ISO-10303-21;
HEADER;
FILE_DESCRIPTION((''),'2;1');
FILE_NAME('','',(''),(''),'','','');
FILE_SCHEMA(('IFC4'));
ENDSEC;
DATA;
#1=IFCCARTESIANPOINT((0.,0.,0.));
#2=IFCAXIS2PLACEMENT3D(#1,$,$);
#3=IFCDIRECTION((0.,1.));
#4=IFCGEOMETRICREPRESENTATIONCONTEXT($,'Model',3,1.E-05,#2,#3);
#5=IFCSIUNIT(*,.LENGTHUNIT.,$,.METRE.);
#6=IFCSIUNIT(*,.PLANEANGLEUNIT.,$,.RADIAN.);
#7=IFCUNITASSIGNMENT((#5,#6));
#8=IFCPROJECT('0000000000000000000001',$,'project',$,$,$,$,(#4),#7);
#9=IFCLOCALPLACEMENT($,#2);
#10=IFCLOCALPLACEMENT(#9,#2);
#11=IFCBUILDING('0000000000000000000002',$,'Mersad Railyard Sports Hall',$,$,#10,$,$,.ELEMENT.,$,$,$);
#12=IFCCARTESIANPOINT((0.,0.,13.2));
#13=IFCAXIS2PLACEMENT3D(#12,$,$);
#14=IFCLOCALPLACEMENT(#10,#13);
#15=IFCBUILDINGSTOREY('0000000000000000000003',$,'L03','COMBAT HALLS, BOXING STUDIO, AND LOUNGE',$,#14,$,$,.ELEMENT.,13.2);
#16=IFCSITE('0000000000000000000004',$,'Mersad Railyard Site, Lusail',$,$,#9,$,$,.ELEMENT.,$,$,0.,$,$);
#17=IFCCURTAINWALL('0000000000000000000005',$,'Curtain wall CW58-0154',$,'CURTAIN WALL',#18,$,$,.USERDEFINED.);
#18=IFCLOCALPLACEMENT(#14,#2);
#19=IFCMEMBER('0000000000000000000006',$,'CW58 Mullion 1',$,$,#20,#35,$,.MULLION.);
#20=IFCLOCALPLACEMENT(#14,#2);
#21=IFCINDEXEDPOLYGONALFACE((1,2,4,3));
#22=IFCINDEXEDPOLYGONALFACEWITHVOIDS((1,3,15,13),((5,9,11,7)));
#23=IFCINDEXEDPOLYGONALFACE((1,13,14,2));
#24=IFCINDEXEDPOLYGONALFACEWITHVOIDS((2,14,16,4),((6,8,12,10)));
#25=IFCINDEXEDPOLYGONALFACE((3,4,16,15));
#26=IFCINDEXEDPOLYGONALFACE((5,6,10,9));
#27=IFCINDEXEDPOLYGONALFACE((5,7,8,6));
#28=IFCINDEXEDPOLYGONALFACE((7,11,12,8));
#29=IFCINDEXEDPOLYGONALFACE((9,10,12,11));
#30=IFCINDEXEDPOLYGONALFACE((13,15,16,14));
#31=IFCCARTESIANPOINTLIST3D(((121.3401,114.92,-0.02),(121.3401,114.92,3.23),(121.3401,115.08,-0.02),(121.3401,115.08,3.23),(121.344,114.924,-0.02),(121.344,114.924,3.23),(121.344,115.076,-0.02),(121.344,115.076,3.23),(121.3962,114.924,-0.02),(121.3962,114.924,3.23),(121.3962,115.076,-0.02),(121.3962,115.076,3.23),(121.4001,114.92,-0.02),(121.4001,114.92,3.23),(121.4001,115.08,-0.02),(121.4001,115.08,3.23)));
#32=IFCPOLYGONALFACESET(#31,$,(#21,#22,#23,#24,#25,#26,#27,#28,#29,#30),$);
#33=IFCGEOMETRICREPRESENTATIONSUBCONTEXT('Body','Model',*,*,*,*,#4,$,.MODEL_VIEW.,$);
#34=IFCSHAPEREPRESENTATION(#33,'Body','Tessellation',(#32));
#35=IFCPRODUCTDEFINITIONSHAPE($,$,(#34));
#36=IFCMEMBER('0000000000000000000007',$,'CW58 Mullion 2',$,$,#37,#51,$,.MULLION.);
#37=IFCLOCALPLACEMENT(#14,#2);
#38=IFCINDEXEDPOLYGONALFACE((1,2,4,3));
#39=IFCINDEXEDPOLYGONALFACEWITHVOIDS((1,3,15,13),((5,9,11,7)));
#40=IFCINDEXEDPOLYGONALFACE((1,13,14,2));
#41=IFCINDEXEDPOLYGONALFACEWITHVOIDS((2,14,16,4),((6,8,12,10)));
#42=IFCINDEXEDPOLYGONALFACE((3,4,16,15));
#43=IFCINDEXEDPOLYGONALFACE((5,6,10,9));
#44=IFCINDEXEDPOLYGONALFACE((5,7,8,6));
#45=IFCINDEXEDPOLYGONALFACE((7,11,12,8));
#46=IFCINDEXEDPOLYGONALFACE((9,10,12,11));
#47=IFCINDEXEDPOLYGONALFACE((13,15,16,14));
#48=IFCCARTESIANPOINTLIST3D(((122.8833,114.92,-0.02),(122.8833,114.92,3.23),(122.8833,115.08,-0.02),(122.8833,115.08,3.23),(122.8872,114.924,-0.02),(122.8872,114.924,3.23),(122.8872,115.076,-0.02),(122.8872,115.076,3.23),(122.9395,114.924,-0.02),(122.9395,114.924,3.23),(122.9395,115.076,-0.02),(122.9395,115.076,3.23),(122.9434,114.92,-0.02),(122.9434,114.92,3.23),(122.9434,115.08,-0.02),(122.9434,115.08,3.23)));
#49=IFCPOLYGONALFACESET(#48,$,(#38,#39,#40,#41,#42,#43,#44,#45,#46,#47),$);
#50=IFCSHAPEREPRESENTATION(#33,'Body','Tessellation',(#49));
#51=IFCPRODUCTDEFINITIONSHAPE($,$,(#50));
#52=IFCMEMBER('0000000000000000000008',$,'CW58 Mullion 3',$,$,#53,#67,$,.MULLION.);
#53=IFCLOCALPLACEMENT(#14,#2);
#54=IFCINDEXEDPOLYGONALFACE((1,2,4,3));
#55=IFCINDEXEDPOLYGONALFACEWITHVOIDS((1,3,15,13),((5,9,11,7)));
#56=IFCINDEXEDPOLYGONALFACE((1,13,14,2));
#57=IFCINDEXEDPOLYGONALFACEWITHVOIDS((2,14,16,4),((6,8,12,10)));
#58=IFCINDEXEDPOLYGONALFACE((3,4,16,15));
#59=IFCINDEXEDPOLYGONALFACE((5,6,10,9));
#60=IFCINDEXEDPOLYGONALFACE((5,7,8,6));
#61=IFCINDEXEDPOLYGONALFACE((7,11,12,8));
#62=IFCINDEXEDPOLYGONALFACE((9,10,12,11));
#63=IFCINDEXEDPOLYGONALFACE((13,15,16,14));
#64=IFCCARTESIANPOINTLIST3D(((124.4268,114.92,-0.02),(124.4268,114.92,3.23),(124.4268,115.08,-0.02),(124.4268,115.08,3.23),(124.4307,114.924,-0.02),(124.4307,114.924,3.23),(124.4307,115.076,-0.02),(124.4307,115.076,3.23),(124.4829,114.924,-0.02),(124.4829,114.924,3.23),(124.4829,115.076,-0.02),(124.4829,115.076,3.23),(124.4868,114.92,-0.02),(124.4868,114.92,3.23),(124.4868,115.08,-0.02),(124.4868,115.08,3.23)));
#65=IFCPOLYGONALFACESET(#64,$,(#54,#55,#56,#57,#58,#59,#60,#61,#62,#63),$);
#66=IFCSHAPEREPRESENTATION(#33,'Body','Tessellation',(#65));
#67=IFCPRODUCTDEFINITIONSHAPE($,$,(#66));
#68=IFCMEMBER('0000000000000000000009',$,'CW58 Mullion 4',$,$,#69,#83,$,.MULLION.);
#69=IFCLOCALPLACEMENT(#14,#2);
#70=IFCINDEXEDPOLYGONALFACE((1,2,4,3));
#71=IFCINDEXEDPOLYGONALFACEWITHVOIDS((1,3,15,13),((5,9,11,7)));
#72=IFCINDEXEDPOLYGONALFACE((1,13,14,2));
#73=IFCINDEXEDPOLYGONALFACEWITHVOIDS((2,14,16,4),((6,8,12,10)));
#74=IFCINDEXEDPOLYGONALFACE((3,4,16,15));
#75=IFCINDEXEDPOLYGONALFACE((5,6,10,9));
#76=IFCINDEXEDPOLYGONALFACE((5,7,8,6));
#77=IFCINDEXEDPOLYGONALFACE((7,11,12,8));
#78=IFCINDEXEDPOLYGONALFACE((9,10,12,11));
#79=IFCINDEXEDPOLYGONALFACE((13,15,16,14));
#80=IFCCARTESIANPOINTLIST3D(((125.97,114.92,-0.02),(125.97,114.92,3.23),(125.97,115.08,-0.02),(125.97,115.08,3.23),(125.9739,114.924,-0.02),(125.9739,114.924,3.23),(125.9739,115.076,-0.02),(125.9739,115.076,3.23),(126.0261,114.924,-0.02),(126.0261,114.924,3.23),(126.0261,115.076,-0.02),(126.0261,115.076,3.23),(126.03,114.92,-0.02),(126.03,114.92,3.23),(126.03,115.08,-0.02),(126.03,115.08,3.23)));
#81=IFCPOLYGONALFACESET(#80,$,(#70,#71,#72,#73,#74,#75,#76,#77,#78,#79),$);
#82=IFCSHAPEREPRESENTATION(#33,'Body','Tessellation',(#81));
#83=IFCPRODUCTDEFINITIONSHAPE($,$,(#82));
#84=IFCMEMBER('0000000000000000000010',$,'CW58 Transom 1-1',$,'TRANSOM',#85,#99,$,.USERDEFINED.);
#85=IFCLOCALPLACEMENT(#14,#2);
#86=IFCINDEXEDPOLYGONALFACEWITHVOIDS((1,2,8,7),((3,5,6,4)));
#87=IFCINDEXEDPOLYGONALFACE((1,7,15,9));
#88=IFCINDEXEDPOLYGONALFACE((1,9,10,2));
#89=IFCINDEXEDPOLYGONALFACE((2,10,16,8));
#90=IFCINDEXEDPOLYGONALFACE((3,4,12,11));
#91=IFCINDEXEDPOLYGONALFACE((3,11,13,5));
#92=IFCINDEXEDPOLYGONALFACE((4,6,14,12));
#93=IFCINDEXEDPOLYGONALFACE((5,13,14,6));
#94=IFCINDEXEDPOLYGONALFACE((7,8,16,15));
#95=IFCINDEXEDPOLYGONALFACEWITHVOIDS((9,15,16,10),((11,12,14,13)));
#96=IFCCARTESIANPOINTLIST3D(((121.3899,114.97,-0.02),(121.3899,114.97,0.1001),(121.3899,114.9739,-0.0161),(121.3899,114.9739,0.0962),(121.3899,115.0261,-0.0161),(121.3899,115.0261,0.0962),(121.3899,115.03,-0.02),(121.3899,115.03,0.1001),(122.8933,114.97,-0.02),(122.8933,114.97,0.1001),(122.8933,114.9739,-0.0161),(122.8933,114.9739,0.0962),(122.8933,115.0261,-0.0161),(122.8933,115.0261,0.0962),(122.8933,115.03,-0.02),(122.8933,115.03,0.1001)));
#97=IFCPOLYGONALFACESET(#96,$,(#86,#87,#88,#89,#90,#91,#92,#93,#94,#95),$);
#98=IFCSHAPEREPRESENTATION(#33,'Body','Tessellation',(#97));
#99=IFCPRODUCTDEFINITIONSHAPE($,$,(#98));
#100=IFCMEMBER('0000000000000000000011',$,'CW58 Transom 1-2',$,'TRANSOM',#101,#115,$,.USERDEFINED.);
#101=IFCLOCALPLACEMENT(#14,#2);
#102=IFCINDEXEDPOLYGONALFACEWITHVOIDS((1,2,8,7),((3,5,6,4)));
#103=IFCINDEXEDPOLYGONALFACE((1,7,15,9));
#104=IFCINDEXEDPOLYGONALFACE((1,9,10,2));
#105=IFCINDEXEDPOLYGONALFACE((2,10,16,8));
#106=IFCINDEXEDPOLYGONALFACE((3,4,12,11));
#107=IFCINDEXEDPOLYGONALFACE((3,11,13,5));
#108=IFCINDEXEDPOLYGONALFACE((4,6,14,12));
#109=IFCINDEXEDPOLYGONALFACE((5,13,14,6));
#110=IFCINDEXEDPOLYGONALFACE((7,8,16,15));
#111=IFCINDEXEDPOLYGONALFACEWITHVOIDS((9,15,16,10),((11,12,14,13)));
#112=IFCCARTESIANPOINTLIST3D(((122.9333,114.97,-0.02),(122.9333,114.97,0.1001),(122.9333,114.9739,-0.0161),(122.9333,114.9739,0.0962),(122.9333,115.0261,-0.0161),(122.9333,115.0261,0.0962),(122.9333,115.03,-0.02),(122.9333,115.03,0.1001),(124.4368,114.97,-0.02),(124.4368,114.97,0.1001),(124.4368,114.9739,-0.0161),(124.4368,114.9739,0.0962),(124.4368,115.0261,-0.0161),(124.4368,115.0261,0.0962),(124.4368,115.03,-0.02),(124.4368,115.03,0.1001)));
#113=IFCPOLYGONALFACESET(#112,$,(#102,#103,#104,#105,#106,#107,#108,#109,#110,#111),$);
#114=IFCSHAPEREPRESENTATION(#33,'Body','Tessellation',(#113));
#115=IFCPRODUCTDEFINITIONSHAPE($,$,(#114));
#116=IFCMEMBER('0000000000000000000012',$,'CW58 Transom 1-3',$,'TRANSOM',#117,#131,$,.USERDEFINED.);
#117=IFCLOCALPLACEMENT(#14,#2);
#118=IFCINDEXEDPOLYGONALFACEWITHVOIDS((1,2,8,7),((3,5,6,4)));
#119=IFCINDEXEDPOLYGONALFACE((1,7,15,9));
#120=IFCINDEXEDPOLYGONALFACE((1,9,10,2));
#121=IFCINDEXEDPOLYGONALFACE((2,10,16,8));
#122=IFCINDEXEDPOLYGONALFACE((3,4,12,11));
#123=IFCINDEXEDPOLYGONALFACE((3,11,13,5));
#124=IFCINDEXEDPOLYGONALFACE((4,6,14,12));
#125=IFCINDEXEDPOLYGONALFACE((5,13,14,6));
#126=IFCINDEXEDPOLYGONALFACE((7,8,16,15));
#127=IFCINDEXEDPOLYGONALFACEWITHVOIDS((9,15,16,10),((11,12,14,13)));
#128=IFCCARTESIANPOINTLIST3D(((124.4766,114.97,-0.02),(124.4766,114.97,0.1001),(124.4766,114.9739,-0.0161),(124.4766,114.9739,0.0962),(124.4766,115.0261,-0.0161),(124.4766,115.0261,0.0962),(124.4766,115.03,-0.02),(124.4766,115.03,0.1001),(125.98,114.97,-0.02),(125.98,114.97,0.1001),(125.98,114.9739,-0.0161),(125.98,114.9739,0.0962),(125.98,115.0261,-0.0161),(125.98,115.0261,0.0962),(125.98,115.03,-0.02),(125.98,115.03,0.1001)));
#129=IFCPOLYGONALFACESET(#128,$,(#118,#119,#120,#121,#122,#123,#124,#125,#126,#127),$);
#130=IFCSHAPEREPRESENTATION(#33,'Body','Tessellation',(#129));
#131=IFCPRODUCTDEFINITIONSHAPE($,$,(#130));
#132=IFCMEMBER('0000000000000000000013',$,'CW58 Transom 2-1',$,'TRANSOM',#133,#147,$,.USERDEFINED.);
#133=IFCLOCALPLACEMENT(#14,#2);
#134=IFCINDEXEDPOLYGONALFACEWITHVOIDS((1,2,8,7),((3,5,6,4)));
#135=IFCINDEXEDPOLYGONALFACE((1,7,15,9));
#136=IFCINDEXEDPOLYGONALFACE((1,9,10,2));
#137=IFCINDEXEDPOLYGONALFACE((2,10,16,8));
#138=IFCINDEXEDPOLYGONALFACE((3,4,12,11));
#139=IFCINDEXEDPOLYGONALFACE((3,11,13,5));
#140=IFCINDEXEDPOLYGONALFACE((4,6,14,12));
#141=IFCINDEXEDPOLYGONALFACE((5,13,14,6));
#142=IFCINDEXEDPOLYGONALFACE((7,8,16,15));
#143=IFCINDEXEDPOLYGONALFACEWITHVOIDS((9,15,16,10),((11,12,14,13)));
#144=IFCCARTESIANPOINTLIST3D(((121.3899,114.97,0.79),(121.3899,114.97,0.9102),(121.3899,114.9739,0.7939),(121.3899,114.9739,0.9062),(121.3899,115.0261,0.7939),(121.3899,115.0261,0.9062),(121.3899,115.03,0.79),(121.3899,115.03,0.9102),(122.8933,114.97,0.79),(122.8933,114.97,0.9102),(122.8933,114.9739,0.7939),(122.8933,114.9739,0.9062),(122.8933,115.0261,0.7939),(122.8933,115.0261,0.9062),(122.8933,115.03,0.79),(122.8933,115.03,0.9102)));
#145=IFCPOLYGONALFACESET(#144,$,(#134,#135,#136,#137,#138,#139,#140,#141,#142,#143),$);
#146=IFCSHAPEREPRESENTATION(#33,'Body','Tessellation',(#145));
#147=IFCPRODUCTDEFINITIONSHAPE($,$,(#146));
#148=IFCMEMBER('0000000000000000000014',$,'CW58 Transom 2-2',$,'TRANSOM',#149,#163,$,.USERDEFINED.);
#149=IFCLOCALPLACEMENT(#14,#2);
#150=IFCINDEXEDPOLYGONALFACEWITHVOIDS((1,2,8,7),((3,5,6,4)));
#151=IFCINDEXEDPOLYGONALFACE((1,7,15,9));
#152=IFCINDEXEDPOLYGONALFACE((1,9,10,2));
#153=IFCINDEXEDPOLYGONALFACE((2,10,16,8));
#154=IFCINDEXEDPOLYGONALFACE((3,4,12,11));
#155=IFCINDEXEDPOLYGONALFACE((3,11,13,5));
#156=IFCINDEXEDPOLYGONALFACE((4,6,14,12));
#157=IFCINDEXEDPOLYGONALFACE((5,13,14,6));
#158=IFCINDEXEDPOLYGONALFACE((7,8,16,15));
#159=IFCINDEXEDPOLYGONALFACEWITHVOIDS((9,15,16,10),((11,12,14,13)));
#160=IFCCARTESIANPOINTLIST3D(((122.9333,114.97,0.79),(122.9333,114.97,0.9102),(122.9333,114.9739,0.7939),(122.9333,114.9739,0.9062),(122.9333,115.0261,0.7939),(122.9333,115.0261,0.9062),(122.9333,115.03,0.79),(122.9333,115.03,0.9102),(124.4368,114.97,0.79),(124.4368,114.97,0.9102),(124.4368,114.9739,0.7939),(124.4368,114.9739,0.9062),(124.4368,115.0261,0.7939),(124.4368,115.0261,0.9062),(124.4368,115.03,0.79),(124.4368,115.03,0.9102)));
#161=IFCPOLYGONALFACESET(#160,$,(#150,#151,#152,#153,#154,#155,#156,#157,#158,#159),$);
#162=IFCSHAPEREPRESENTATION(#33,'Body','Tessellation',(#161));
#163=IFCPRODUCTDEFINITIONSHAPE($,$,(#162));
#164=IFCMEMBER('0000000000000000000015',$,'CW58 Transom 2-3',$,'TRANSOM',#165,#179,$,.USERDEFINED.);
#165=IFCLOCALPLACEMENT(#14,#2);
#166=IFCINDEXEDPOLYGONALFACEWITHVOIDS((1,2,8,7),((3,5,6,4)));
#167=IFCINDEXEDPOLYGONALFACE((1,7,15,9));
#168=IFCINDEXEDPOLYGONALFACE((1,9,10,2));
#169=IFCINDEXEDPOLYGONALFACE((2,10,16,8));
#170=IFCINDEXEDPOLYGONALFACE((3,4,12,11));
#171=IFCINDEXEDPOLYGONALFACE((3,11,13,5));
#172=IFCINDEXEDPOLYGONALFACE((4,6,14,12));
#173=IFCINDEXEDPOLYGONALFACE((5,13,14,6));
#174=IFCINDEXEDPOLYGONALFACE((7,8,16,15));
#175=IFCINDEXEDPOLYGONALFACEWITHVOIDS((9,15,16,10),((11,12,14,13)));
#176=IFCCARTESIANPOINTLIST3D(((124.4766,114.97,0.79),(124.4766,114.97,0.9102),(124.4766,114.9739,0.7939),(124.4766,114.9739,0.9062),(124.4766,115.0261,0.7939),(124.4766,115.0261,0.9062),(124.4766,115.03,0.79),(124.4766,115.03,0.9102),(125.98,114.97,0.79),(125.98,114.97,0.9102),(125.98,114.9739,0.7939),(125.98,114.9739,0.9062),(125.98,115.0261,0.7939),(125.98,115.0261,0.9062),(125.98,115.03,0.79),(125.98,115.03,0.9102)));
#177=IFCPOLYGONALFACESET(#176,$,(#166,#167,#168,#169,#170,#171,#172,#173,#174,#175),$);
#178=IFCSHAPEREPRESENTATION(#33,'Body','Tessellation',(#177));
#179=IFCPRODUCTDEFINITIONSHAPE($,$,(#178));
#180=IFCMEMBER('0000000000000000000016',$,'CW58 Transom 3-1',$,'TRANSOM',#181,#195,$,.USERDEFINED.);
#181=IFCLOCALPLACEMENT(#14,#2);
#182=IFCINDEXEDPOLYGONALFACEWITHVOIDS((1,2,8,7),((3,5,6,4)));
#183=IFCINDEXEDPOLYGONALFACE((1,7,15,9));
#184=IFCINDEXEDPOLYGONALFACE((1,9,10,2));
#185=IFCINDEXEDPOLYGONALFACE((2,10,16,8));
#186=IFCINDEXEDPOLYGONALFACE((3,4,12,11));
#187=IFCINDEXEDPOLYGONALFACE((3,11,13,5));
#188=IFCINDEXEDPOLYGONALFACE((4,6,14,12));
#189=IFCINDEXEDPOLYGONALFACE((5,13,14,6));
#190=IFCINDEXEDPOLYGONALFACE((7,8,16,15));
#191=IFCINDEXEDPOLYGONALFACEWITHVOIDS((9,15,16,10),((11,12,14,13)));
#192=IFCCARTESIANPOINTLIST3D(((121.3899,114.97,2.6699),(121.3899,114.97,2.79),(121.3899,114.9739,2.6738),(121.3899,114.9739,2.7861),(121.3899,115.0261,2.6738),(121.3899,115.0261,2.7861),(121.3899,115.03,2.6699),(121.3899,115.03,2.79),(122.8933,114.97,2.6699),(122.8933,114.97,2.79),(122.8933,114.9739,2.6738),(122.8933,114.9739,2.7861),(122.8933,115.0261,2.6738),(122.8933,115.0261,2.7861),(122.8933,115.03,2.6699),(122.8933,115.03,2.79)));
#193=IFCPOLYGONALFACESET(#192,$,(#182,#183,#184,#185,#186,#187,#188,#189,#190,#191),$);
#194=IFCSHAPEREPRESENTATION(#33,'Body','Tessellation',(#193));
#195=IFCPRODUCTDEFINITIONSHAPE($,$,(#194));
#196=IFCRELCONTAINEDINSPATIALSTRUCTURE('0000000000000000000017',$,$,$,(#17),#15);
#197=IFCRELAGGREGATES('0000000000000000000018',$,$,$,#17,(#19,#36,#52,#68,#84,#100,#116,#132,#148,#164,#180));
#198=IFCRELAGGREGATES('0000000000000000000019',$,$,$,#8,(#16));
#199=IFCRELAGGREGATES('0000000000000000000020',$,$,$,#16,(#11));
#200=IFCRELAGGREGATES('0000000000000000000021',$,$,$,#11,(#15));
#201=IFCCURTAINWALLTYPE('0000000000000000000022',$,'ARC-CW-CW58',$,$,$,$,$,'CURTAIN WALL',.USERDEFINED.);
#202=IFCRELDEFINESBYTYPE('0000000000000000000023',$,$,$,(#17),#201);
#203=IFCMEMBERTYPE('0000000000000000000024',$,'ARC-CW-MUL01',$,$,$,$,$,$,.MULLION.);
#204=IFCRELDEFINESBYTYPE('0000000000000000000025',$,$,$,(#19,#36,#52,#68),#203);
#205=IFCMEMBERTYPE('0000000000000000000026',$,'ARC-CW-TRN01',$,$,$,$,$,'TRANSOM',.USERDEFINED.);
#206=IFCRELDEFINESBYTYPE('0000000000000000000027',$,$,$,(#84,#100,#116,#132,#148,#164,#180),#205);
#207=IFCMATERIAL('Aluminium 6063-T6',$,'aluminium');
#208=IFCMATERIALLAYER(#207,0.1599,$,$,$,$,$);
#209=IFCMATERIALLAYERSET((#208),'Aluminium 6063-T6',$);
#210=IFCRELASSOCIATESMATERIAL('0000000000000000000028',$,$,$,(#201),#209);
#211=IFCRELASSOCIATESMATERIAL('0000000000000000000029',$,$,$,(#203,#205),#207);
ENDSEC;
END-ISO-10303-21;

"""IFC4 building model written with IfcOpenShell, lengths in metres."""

from ifc_helpers import new_model, si_unit, direction, frame, origin, origin_2d, place, context, subcontext, project, spatial, hollow_rectangle, extrude, material, layer, layer_set, material_profile, profile_set, type_object, element, aggregate, save


model = new_model("IFC4")

# Units and contexts
model_context = context("Model", 3, precision=1e-05, world=origin(), true_north=direction((0.0, 1.0)))
body_context = subcontext(model_context, "Body", "Model", "MODEL_VIEW")
ifc_project = project(units=[si_unit("LENGTHUNIT", "METRE"), si_unit("PLANEANGLEUNIT", "RADIAN")], contexts=[model_context])

# Site, building, storey
site_placement = place(None, origin())
site = spatial("IfcSite", under=ifc_project, at=site_placement, Name="Mersad Railyard Site, Lusail", CompositionType="ELEMENT", RefElevation=0.0)
building_placement = place(site_placement, origin())
building = spatial("IfcBuilding", under=site, at=building_placement, Name="Mersad Railyard Sports Hall", CompositionType="ELEMENT")
storey_placement = place(building_placement, frame((0.0, 0.0, 13.2)))
storey = spatial("IfcBuildingStorey", under=building, at=storey_placement, Name="L03", Description="COMBAT HALLS, BOXING STUDIO, AND LOUNGE", CompositionType="ELEMENT", Elevation=13.2)

# Curtain wall, members
ifc_material_1 = material(Name="Aluminium 6063-T6", Category="aluminium")
ifc_layer_1 = layer(ifc_material_1, 0.1599)
ifc_layer_set_1 = layer_set([ifc_layer_1], Name="Aluminium 6063-T6")
curtain_wall_type = type_object("IfcCurtainWallType", Name="ARC-CW-CW58", ElementType="CURTAIN WALL", PredefinedType="USERDEFINED", material=ifc_layer_set_1)
curtain_wall_placement = place(storey_placement, origin())
curtain_wall = element("IfcCurtainWall", 1, at=curtain_wall_placement, inside=storey, type_object=curtain_wall_type, Name="Curtain wall CW58-0154", ObjectType="CURTAIN WALL", PredefinedType="USERDEFINED")
ifc_material_profile_1 = material_profile(ifc_material_1, hollow_rectangle(XDim=0.0601, YDim=0.1599, WallThickness=0.0039, at=origin_2d()), Name="AL MULLION 60x160x4")
ifc_profile_set_1 = profile_set([ifc_material_profile_1], Name="Aluminium 6063-T6")
member_type_1 = type_object("IfcMemberType", Name="ARC-CW-MUL01", PredefinedType="MULLION", material=ifc_profile_set_1)
member_1_placement = place(storey_placement, frame((121.3701, 115.0, -0.02), z_axis=(0.0, 0.0, 1.0), x_axis=(1.0, 0.0, 0.0)))
member_1 = element("IfcMember", 2, at=member_1_placement, type_object=member_type_1, Name="CW58 Mullion 1", PredefinedType="MULLION", context=body_context, shape_type="SweptSolid", body=[
    extrude(hollow_rectangle(XDim=0.0601, YDim=0.1599, WallThickness=0.0039, at=origin_2d()), origin(), (0.0, 0.0, 1.0), 3.25),
])
member_2_placement = place(storey_placement, frame((122.9133, 115.0, -0.02), z_axis=(0.0, 0.0, 1.0), x_axis=(1.0, 0.0, 0.0)))
member_2 = element("IfcMember", 3, at=member_2_placement, type_object=member_type_1, Name="CW58 Mullion 2", PredefinedType="MULLION", context=body_context, shape_type="SweptSolid", body=[
    extrude(hollow_rectangle(XDim=0.0601, YDim=0.1599, WallThickness=0.0039, at=origin_2d()), origin(), (0.0, 0.0, 1.0), 3.25),
])
member_3_placement = place(storey_placement, frame((124.4568, 115.0, -0.02), z_axis=(0.0, 0.0, 1.0), x_axis=(1.0, 0.0, 0.0)))
member_3 = element("IfcMember", 4, at=member_3_placement, type_object=member_type_1, Name="CW58 Mullion 3", PredefinedType="MULLION", context=body_context, shape_type="SweptSolid", body=[
    extrude(hollow_rectangle(XDim=0.0601, YDim=0.1599, WallThickness=0.0039, at=origin_2d()), origin(), (0.0, 0.0, 1.0), 3.25),
])
member_4_placement = place(storey_placement, frame((126.0, 115.0, -0.02), z_axis=(0.0, 0.0, 1.0), x_axis=(1.0, 0.0, 0.0)))
member_4 = element("IfcMember", 5, at=member_4_placement, type_object=member_type_1, Name="CW58 Mullion 4", PredefinedType="MULLION", context=body_context, shape_type="SweptSolid", body=[
    extrude(hollow_rectangle(XDim=0.0601, YDim=0.1599, WallThickness=0.0039, at=origin_2d()), origin(), (0.0, 0.0, 1.0), 3.25),
])
ifc_material_profile_2 = material_profile(ifc_material_1, hollow_rectangle(XDim=0.0601, YDim=0.1201, WallThickness=0.0039, at=origin_2d()), Name="AL TRANSOM 60x120x4")
ifc_profile_set_2 = profile_set([ifc_material_profile_2], Name="Aluminium 6063-T6")
member_type_2 = type_object("IfcMemberType", Name="ARC-CW-TRN01", ElementType="TRANSOM", PredefinedType="USERDEFINED", material=ifc_profile_set_2)
member_5_placement = place(storey_placement, frame((121.3899, 115.0, 0.04), z_axis=(1.0, 0.0, 0.0), x_axis=(0.0, 1.0, 0.0)))
member_5 = element("IfcMember", 6, at=member_5_placement, type_object=member_type_2, Name="CW58 Transom 1-1", ObjectType="TRANSOM", PredefinedType="USERDEFINED", context=body_context, shape_type="SweptSolid", body=[
    extrude(hollow_rectangle(XDim=0.0601, YDim=0.1201, WallThickness=0.0039, at=origin_2d()), origin(), (0.0, 0.0, 1.0), 1.5034),
])
member_6_placement = place(storey_placement, frame((122.9333, 115.0, 0.04), z_axis=(1.0, 0.0, 0.0), x_axis=(0.0, 1.0, 0.0)))
member_6 = element("IfcMember", 7, at=member_6_placement, type_object=member_type_2, Name="CW58 Transom 1-2", ObjectType="TRANSOM", PredefinedType="USERDEFINED", context=body_context, shape_type="SweptSolid", body=[
    extrude(hollow_rectangle(XDim=0.0601, YDim=0.1201, WallThickness=0.0039, at=origin_2d()), origin(), (0.0, 0.0, 1.0), 1.5034),
])
member_7_placement = place(storey_placement, frame((124.4766, 115.0, 0.04), z_axis=(1.0, 0.0, 0.0), x_axis=(0.0, 1.0, 0.0)))
member_7 = element("IfcMember", 8, at=member_7_placement, type_object=member_type_2, Name="CW58 Transom 1-3", ObjectType="TRANSOM", PredefinedType="USERDEFINED", context=body_context, shape_type="SweptSolid", body=[
    extrude(hollow_rectangle(XDim=0.0601, YDim=0.1201, WallThickness=0.0039, at=origin_2d()), origin(), (0.0, 0.0, 1.0), 1.5034),
])
member_8_placement = place(storey_placement, frame((121.3899, 115.0, 0.8501), z_axis=(1.0, 0.0, 0.0), x_axis=(0.0, 1.0, 0.0)))
member_8 = element("IfcMember", 9, at=member_8_placement, type_object=member_type_2, Name="CW58 Transom 2-1", ObjectType="TRANSOM", PredefinedType="USERDEFINED", context=body_context, shape_type="SweptSolid", body=[
    extrude(hollow_rectangle(XDim=0.0601, YDim=0.1201, WallThickness=0.0039, at=origin_2d()), origin(), (0.0, 0.0, 1.0), 1.5034),
])
member_9_placement = place(storey_placement, frame((122.9333, 115.0, 0.8501), z_axis=(1.0, 0.0, 0.0), x_axis=(0.0, 1.0, 0.0)))
member_9 = element("IfcMember", 10, at=member_9_placement, type_object=member_type_2, Name="CW58 Transom 2-2", ObjectType="TRANSOM", PredefinedType="USERDEFINED", context=body_context, shape_type="SweptSolid", body=[
    extrude(hollow_rectangle(XDim=0.0601, YDim=0.1201, WallThickness=0.0039, at=origin_2d()), origin(), (0.0, 0.0, 1.0), 1.5034),
])
member_10_placement = place(storey_placement, frame((124.4766, 115.0, 0.8501), z_axis=(1.0, 0.0, 0.0), x_axis=(0.0, 1.0, 0.0)))
member_10 = element("IfcMember", 11, at=member_10_placement, type_object=member_type_2, Name="CW58 Transom 2-3", ObjectType="TRANSOM", PredefinedType="USERDEFINED", context=body_context, shape_type="SweptSolid", body=[
    extrude(hollow_rectangle(XDim=0.0601, YDim=0.1201, WallThickness=0.0039, at=origin_2d()), origin(), (0.0, 0.0, 1.0), 1.5034),
])
member_11_placement = place(storey_placement, frame((121.3899, 115.0, 2.73), z_axis=(1.0, 0.0, 0.0), x_axis=(0.0, 1.0, 0.0)))
member_11 = element("IfcMember", 12, at=member_11_placement, type_object=member_type_2, Name="CW58 Transom 3-1", ObjectType="TRANSOM", PredefinedType="USERDEFINED", context=body_context, shape_type="SweptSolid", body=[
    extrude(hollow_rectangle(XDim=0.0601, YDim=0.1201, WallThickness=0.0039, at=origin_2d()), origin(), (0.0, 0.0, 1.0), 1.5034),
])
aggregate(curtain_wall, [member_1, member_2, member_3, member_4, member_5, member_6, member_7, member_8, member_9, member_10, member_11])

save(model, "model.ifc")
